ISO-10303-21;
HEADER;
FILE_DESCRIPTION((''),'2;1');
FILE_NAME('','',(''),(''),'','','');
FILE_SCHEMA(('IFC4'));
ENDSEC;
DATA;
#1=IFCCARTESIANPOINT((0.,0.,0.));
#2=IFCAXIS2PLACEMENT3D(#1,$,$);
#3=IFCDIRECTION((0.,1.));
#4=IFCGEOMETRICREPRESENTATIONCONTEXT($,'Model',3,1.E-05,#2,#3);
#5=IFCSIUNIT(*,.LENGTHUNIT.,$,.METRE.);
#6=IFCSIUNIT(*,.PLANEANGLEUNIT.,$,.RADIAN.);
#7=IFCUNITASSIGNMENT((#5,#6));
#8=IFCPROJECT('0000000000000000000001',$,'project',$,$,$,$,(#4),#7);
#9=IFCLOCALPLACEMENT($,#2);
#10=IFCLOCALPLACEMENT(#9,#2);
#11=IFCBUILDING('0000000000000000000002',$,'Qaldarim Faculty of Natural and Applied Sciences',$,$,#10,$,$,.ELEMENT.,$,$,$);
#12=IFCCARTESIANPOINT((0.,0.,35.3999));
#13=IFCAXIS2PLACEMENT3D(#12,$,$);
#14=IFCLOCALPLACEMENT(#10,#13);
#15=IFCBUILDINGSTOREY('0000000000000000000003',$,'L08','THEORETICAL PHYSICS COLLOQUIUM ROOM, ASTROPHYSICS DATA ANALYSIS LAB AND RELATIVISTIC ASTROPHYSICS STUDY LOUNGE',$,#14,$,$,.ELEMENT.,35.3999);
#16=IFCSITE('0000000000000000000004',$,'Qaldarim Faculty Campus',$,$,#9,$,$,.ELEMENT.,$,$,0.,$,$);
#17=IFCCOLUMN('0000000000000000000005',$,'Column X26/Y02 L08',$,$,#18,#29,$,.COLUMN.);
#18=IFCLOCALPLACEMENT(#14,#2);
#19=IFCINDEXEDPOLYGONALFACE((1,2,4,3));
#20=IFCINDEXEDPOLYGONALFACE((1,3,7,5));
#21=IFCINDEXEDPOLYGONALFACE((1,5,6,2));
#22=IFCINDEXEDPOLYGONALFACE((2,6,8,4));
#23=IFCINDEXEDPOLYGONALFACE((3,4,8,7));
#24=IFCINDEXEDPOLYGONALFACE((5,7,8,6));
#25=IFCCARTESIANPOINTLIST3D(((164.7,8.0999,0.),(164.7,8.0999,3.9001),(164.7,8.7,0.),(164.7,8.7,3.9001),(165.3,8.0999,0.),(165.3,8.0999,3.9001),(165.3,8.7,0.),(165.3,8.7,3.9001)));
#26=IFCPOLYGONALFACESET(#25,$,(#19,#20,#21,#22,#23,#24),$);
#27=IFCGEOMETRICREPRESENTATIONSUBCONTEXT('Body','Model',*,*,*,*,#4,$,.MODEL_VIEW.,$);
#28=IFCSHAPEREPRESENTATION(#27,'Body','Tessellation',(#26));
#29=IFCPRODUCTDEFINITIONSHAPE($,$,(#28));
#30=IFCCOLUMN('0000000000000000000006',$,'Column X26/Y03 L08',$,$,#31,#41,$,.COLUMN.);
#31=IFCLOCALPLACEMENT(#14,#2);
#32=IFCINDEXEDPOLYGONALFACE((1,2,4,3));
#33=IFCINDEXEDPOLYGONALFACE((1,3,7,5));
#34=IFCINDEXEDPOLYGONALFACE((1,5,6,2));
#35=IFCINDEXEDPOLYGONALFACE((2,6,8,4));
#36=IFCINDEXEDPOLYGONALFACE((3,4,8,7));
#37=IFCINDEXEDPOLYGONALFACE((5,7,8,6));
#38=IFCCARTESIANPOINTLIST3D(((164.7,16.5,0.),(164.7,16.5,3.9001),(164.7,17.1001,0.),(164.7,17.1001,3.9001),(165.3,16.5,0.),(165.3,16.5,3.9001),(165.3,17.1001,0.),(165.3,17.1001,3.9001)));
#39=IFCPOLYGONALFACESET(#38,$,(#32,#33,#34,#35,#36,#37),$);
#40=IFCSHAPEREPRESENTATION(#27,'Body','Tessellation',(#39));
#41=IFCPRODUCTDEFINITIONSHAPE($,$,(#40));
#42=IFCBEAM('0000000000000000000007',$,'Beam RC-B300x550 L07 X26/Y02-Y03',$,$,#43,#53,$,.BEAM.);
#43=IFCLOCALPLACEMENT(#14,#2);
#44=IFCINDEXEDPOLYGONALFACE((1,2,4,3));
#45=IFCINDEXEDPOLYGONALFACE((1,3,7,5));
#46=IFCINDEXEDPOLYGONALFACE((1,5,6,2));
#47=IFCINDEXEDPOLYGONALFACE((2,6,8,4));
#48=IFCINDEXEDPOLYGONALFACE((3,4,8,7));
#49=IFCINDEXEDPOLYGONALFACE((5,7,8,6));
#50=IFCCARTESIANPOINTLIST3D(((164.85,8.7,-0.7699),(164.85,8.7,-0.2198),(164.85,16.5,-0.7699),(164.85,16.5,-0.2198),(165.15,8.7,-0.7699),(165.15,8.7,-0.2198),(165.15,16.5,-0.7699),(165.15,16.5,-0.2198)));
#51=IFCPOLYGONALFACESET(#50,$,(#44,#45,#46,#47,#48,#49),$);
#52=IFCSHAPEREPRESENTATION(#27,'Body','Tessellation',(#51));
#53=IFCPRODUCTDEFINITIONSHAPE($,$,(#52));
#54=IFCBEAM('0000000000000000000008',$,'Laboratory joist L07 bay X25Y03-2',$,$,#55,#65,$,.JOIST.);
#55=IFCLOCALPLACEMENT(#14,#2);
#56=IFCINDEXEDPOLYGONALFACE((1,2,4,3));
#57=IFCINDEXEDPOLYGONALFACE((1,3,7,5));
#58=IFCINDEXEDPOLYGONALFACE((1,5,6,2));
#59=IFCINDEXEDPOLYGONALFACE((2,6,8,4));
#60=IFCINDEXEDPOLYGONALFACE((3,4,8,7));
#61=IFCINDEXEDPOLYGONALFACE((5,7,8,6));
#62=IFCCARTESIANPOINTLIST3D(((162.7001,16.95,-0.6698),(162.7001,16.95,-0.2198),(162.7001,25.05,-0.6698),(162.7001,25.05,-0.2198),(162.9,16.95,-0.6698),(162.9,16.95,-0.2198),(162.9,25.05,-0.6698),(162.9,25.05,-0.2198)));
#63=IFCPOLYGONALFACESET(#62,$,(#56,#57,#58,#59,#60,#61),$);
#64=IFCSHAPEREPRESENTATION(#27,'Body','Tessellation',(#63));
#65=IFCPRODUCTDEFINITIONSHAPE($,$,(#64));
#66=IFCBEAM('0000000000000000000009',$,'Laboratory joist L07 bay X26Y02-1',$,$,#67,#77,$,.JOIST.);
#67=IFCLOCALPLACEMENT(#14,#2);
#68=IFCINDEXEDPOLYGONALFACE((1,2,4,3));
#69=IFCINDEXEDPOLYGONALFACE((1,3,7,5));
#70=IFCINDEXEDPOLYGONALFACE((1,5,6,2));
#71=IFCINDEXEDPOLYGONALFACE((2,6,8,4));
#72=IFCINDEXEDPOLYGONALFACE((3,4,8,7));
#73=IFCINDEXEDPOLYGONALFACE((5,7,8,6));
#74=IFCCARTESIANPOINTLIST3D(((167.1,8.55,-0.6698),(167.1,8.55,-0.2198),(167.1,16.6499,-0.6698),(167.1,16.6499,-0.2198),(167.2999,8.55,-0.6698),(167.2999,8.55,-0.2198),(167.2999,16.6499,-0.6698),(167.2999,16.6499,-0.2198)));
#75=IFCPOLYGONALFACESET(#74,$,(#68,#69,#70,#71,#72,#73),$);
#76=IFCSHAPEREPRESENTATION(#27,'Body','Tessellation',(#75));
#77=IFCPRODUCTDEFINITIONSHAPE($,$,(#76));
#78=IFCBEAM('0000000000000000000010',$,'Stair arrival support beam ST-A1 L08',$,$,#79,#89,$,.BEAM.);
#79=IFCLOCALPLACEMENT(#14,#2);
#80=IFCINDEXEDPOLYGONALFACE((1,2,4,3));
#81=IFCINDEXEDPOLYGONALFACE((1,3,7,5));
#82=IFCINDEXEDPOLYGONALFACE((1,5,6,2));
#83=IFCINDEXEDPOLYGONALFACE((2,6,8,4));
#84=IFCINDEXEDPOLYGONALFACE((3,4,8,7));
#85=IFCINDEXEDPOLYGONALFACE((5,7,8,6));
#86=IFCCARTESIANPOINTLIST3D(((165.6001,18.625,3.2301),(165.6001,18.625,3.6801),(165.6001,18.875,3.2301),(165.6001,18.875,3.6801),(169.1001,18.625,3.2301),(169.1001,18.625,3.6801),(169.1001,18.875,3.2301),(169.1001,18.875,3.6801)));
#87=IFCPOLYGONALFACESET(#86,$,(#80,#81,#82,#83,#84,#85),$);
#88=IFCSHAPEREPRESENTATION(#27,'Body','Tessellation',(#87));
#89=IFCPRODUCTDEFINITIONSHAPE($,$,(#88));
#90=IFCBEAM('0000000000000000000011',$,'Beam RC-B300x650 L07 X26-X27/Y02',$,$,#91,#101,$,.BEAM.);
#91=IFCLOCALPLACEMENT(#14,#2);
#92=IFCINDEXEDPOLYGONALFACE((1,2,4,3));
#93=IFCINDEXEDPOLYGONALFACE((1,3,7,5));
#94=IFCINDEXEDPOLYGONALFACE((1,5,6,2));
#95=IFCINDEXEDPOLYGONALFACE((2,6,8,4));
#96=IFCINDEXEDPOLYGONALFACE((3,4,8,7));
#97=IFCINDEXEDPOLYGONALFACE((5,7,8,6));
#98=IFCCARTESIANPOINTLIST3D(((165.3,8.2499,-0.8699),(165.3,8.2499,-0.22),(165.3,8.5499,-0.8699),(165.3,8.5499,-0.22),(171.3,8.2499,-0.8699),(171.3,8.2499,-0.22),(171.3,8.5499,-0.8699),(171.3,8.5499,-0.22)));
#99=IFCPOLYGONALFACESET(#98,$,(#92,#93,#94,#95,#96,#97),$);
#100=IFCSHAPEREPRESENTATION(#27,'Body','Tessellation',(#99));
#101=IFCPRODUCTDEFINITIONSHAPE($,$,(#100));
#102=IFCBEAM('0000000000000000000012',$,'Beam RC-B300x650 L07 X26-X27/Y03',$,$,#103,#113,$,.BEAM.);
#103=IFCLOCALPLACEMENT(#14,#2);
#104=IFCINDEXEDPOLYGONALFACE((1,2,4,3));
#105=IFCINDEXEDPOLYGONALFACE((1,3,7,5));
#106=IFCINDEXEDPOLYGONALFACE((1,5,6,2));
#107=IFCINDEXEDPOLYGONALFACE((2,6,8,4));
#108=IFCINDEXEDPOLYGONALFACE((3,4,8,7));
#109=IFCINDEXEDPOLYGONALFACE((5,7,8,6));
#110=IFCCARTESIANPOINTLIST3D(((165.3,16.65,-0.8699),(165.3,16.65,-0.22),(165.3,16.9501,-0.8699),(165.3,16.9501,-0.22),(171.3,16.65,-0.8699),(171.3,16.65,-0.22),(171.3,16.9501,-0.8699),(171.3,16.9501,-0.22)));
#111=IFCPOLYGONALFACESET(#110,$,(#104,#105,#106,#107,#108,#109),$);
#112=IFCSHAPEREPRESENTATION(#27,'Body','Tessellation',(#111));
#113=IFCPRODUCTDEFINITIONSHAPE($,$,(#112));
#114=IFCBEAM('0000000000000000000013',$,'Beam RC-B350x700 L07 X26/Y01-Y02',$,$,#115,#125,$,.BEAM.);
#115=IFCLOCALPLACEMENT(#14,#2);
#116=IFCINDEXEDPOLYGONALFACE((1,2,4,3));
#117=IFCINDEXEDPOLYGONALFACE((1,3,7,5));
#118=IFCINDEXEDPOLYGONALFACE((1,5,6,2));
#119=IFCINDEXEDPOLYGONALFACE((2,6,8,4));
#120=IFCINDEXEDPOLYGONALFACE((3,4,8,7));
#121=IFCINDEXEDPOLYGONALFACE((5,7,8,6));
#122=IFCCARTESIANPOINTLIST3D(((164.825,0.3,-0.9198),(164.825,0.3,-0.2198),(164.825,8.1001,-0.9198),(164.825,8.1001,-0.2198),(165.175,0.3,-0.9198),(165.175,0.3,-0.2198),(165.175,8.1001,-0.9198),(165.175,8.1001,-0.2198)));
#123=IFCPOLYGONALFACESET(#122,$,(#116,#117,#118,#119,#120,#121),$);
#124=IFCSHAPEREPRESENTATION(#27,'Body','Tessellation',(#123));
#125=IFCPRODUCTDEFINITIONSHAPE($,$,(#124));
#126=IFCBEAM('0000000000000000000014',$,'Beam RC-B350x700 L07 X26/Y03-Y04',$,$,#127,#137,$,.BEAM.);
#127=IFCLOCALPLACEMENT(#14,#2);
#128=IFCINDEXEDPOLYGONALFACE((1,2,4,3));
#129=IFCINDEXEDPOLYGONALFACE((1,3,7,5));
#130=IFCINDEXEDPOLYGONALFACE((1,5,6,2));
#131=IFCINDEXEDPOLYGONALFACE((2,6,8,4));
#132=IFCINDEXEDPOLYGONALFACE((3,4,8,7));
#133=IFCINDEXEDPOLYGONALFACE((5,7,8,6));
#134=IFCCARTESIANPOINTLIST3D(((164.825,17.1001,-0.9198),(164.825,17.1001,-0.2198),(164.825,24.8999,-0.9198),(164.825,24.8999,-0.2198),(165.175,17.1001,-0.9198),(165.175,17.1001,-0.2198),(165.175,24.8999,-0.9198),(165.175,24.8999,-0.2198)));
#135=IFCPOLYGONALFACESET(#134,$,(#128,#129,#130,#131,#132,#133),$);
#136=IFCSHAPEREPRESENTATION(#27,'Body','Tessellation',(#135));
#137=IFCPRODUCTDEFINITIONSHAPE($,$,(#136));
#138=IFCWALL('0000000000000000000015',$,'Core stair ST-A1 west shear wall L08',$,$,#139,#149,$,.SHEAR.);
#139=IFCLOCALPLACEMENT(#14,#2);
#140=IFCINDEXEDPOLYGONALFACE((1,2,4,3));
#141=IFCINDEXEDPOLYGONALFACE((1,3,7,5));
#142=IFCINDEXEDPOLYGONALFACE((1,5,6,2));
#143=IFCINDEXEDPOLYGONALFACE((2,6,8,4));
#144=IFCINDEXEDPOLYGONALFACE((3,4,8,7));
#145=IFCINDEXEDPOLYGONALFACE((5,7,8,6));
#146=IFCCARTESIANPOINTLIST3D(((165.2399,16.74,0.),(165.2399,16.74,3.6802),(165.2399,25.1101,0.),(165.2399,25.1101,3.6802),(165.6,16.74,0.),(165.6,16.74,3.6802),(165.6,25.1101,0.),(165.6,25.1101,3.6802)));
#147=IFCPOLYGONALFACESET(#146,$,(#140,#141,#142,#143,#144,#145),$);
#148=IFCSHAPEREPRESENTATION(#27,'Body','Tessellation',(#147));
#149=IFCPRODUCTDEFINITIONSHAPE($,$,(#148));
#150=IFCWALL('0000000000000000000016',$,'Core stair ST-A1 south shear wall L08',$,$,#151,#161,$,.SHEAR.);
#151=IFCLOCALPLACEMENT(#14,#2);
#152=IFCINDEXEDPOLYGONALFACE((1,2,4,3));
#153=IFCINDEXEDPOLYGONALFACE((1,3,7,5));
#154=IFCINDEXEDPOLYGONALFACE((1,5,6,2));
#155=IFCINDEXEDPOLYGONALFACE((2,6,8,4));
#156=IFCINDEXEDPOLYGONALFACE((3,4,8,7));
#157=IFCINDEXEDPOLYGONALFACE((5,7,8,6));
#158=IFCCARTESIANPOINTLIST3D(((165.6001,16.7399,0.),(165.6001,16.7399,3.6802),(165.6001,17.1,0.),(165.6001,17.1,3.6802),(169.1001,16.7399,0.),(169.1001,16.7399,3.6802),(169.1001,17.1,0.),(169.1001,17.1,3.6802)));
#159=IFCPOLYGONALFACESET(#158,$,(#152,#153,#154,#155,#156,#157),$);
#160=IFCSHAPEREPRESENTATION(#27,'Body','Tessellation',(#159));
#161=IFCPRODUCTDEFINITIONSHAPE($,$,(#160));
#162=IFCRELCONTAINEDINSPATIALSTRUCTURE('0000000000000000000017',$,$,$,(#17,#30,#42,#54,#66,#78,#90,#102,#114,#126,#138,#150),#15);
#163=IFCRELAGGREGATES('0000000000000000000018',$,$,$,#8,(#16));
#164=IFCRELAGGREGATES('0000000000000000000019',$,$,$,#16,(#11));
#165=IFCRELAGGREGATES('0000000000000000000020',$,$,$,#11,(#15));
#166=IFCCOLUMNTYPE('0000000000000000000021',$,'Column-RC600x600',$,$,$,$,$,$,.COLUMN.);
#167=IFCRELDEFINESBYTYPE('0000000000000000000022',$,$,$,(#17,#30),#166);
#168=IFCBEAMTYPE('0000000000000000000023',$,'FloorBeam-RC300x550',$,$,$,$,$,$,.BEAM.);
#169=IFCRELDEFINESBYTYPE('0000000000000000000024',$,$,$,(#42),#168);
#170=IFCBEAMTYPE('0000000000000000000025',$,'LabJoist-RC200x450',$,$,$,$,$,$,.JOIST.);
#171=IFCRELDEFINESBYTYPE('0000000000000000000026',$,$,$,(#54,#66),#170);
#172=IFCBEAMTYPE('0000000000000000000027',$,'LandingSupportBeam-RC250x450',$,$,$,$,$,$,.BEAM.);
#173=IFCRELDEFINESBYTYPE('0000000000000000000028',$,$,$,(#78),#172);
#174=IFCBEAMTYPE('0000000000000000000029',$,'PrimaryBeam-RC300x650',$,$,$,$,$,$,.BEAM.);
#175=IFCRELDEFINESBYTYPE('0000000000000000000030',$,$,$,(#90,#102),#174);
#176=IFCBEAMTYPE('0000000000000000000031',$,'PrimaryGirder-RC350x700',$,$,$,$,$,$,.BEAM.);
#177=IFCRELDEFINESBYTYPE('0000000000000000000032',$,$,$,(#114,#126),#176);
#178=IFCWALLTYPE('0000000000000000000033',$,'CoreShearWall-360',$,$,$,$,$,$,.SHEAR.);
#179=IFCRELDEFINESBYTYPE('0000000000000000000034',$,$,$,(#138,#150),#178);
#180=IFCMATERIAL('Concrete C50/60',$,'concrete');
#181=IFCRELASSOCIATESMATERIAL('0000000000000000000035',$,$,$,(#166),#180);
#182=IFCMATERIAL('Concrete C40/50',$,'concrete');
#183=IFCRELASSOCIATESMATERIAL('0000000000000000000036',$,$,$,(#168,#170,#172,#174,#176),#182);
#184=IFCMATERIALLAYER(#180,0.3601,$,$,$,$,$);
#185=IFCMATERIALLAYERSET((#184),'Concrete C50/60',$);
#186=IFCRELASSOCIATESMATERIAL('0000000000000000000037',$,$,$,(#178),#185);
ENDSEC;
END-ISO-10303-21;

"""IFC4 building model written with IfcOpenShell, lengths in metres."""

from ifc_helpers import new_model, si_unit, direction, frame, frame_2d, origin, origin_2d, place, context, subcontext, project, spatial, rectangle, extrude, material, layer, layer_set, material_profile, profile_set, type_object, element, save


model = new_model("IFC4")

# Units and contexts
model_context = context("Model", 3, precision=1e-05, world=origin(), true_north=direction((0.0, 1.0)))
body_context = subcontext(model_context, "Body", "Model", "MODEL_VIEW")
ifc_project = project(units=[si_unit("LENGTHUNIT", "METRE"), si_unit("PLANEANGLEUNIT", "RADIAN")], contexts=[model_context])

# Site, building, storey
site_placement = place(None, origin())
site = spatial("IfcSite", under=ifc_project, at=site_placement, Name="Qaldarim Faculty Campus", CompositionType="ELEMENT", RefElevation=0.0)
building_placement = place(site_placement, origin())
building = spatial("IfcBuilding", under=site, at=building_placement, Name="Qaldarim Faculty of Natural and Applied Sciences", CompositionType="ELEMENT")
storey_placement = place(building_placement, frame((0.0, 0.0, 35.3999)))
storey = spatial("IfcBuildingStorey", under=building, at=storey_placement, Name="L08", Description="THEORETICAL PHYSICS COLLOQUIUM ROOM, ASTROPHYSICS DATA ANALYSIS LAB AND RELATIVISTIC ASTROPHYSICS STUDY LOUNGE", CompositionType="ELEMENT", Elevation=35.3999)

# Columns
ifc_material_1 = material(Name="Concrete C50/60", Category="concrete")
ifc_material_profile_1 = material_profile(ifc_material_1, rectangle(XDim=0.6001, YDim=0.6001, at=origin_2d()), Name="RC-C600x600")
ifc_profile_set_1 = profile_set([ifc_material_profile_1], Name="Concrete C50/60")
column_type = type_object("IfcColumnType", Name="Column-RC600x600", PredefinedType="COLUMN", material=ifc_profile_set_1)
for number, where, z_axis, x_axis, name in (
    (1, (165.0, 8.3999, 0.0), (0.0, 0.0, 1.0), (1.0, 0.0, 0.0), "Column X26/Y02 L08"),
    (2, (165.0, 16.8, 0.0), (0.0, 0.0, 1.0), (1.0, 0.0, 0.0), "Column X26/Y03 L08"),
):
    element("IfcColumn", number, at=place(storey_placement, frame(where, z_axis=z_axis, x_axis=x_axis)), inside=storey, type_object=column_type, Name=name, PredefinedType="COLUMN", context=body_context, shape_type="SweptSolid", body=[
        extrude(rectangle(XDim=0.6001, YDim=0.6001, at=origin_2d()), origin(), (0.0, 0.0, 1.0), 3.9001),
    ])

# Beams
ifc_material_2 = material(Name="Concrete C40/50", Category="concrete")
ifc_material_profile_2 = material_profile(ifc_material_2, rectangle(XDim=0.3, YDim=0.55, at=origin_2d()), Name="RC-B300x550")
ifc_profile_set_2 = profile_set([ifc_material_profile_2], Name="Concrete C40/50")
beam_type_1 = type_object("IfcBeamType", Name="FloorBeam-RC300x550", PredefinedType="BEAM", material=ifc_profile_set_2)
beam_1_placement = place(storey_placement, frame((165.0, 8.7, -0.4949), z_axis=(0.0, 1.0, 0.0), x_axis=(-1.0, 0.0, 0.0)))
element("IfcBeam", 3, at=beam_1_placement, inside=storey, type_object=beam_type_1, Name="Beam RC-B300x550 L07 X26/Y02-Y03", PredefinedType="BEAM", context=body_context, shape_type="SweptSolid", body=[
    extrude(rectangle(XDim=0.3, YDim=0.55, at=origin_2d()), origin(), (0.0, 0.0, 1.0), 7.8),
])
ifc_material_profile_3 = material_profile(ifc_material_2, rectangle(XDim=0.2, YDim=0.45, at=origin_2d()), Name="RC-J200x450")
ifc_profile_set_3 = profile_set([ifc_material_profile_3], Name="Concrete C40/50")
beam_type_2 = type_object("IfcBeamType", Name="LabJoist-RC200x450", PredefinedType="JOIST", material=ifc_profile_set_3)
beam_2_placement = place(storey_placement, frame((162.8, 16.95, -0.4448), z_axis=(0.0, 1.0, 0.0), x_axis=(-1.0, 0.0, 0.0)))
element("IfcBeam", 4, at=beam_2_placement, inside=storey, type_object=beam_type_2, Name="Laboratory joist L07 bay X25Y03-2", PredefinedType="JOIST", context=body_context, shape_type="SweptSolid", body=[
    extrude(rectangle(XDim=0.2, YDim=0.45, at=origin_2d()), origin(), (0.0, 0.0, 1.0), 8.1001),
])
beam_3_placement = place(storey_placement, frame((167.2, 8.55, -0.4448), z_axis=(0.0, 1.0, 0.0), x_axis=(-1.0, 0.0, 0.0)))
element("IfcBeam", 5, at=beam_3_placement, inside=storey, type_object=beam_type_2, Name="Laboratory joist L07 bay X26Y02-1", PredefinedType="JOIST", context=body_context, shape_type="SweptSolid", body=[
    extrude(rectangle(XDim=0.2, YDim=0.45, at=origin_2d()), origin(), (0.0, 0.0, 1.0), 8.0999),
])
ifc_material_profile_4 = material_profile(ifc_material_2, rectangle(XDim=0.25, YDim=0.45, at=origin_2d()), Name="RC-LN250x450")
ifc_profile_set_4 = profile_set([ifc_material_profile_4], Name="Concrete C40/50")
beam_type_3 = type_object("IfcBeamType", Name="LandingSupportBeam-RC250x450", PredefinedType="BEAM", material=ifc_profile_set_4)
beam_4_placement = place(storey_placement, frame((165.6001, 18.75, 3.4551), z_axis=(1.0, 0.0, 0.0), x_axis=(0.0, 1.0, 0.0)))
element("IfcBeam", 6, at=beam_4_placement, inside=storey, type_object=beam_type_3, Name="Stair arrival support beam ST-A1 L08", PredefinedType="BEAM", context=body_context, shape_type="SweptSolid", body=[
    extrude(rectangle(XDim=0.25, YDim=0.45, at=origin_2d()), origin(), (0.0, 0.0, 1.0), 3.5),
])
ifc_material_profile_5 = material_profile(ifc_material_2, rectangle(XDim=0.3, YDim=0.6499, at=origin_2d()), Name="RC-B300x650")
ifc_profile_set_5 = profile_set([ifc_material_profile_5], Name="Concrete C40/50")
beam_type_4 = type_object("IfcBeamType", Name="PrimaryBeam-RC300x650", PredefinedType="BEAM", material=ifc_profile_set_5)
for number, where, z_axis, x_axis, name in (
    (7, (165.3, 8.3999, -0.5449), (1.0, 0.0, 0.0), (0.0, 1.0, 0.0), "Beam RC-B300x650 L07 X26-X27/Y02"),
    (8, (165.3, 16.8, -0.5449), (1.0, 0.0, 0.0), (0.0, 1.0, 0.0), "Beam RC-B300x650 L07 X26-X27/Y03"),
):
    element("IfcBeam", number, at=place(storey_placement, frame(where, z_axis=z_axis, x_axis=x_axis)), inside=storey, type_object=beam_type_4, Name=name, PredefinedType="BEAM", context=body_context, shape_type="SweptSolid", body=[
        extrude(rectangle(XDim=0.3, YDim=0.6499, at=origin_2d()), origin(), (0.0, 0.0, 1.0), 6.0),
    ])
ifc_material_profile_6 = material_profile(ifc_material_2, rectangle(XDim=0.3501, YDim=0.7, at=origin_2d()), Name="RC-B350x700")
ifc_profile_set_6 = profile_set([ifc_material_profile_6], Name="Concrete C40/50")
beam_type_5 = type_object("IfcBeamType", Name="PrimaryGirder-RC350x700", PredefinedType="BEAM", material=ifc_profile_set_6)
beam_5_placement = place(storey_placement, frame((165.0, 0.3, -0.5698), z_axis=(0.0, 1.0, 0.0), x_axis=(-1.0, 0.0, 0.0)))
element("IfcBeam", 9, at=beam_5_placement, inside=storey, type_object=beam_type_5, Name="Beam RC-B350x700 L07 X26/Y01-Y02", PredefinedType="BEAM", context=body_context, shape_type="SweptSolid", body=[
    extrude(rectangle(XDim=0.3501, YDim=0.7, at=origin_2d()), origin(), (0.0, 0.0, 1.0), 7.8),
])
beam_6_placement = place(storey_placement, frame((165.0, 17.1001, -0.5698), z_axis=(0.0, 1.0, 0.0), x_axis=(-1.0, 0.0, 0.0)))
element("IfcBeam", 10, at=beam_6_placement, inside=storey, type_object=beam_type_5, Name="Beam RC-B350x700 L07 X26/Y03-Y04", PredefinedType="BEAM", context=body_context, shape_type="SweptSolid", body=[
    extrude(rectangle(XDim=0.3501, YDim=0.7, at=origin_2d()), origin(), (0.0, 0.0, 1.0), 7.7998),
])

# Wall
ifc_layer_1 = layer(ifc_material_1, 0.3601)
ifc_layer_set_1 = layer_set([ifc_layer_1], Name="Concrete C50/60")
wall_type_1 = type_object("IfcWallType", Name="CoreShearWall-360", PredefinedType="SHEAR", material=ifc_layer_set_1)
wall_1_placement = place(storey_placement, frame((165.4199, 16.74, 0.0), z_axis=(0.0, 0.0, 1.0), x_axis=(0.0, 1.0, 0.0)))
element("IfcWall", 11, at=wall_1_placement, inside=storey, type_object=wall_type_1, Name="Core stair ST-A1 west shear wall L08", PredefinedType="SHEAR", context=body_context, shape_type="SweptSolid", body=[
    extrude(rectangle(XDim=8.3701, YDim=0.3601, at=frame_2d((4.1851, 0.0))), origin(), (0.0, 0.0, 1.0), 3.6802),
])

# Wall
wall_2_placement = place(storey_placement, frame((165.6001, 16.9199, 0.0), z_axis=(0.0, 0.0, 1.0), x_axis=(1.0, 0.0, 0.0)))
element("IfcWall", 12, at=wall_2_placement, inside=storey, type_object=wall_type_1, Name="Core stair ST-A1 south shear wall L08", PredefinedType="SHEAR", context=body_context, shape_type="SweptSolid", body=[
    extrude(rectangle(XDim=3.5, YDim=0.3601, at=frame_2d((1.75, 0.0))), origin(), (0.0, 0.0, 1.0), 3.6802),
])

save(model, "model.ifc")
